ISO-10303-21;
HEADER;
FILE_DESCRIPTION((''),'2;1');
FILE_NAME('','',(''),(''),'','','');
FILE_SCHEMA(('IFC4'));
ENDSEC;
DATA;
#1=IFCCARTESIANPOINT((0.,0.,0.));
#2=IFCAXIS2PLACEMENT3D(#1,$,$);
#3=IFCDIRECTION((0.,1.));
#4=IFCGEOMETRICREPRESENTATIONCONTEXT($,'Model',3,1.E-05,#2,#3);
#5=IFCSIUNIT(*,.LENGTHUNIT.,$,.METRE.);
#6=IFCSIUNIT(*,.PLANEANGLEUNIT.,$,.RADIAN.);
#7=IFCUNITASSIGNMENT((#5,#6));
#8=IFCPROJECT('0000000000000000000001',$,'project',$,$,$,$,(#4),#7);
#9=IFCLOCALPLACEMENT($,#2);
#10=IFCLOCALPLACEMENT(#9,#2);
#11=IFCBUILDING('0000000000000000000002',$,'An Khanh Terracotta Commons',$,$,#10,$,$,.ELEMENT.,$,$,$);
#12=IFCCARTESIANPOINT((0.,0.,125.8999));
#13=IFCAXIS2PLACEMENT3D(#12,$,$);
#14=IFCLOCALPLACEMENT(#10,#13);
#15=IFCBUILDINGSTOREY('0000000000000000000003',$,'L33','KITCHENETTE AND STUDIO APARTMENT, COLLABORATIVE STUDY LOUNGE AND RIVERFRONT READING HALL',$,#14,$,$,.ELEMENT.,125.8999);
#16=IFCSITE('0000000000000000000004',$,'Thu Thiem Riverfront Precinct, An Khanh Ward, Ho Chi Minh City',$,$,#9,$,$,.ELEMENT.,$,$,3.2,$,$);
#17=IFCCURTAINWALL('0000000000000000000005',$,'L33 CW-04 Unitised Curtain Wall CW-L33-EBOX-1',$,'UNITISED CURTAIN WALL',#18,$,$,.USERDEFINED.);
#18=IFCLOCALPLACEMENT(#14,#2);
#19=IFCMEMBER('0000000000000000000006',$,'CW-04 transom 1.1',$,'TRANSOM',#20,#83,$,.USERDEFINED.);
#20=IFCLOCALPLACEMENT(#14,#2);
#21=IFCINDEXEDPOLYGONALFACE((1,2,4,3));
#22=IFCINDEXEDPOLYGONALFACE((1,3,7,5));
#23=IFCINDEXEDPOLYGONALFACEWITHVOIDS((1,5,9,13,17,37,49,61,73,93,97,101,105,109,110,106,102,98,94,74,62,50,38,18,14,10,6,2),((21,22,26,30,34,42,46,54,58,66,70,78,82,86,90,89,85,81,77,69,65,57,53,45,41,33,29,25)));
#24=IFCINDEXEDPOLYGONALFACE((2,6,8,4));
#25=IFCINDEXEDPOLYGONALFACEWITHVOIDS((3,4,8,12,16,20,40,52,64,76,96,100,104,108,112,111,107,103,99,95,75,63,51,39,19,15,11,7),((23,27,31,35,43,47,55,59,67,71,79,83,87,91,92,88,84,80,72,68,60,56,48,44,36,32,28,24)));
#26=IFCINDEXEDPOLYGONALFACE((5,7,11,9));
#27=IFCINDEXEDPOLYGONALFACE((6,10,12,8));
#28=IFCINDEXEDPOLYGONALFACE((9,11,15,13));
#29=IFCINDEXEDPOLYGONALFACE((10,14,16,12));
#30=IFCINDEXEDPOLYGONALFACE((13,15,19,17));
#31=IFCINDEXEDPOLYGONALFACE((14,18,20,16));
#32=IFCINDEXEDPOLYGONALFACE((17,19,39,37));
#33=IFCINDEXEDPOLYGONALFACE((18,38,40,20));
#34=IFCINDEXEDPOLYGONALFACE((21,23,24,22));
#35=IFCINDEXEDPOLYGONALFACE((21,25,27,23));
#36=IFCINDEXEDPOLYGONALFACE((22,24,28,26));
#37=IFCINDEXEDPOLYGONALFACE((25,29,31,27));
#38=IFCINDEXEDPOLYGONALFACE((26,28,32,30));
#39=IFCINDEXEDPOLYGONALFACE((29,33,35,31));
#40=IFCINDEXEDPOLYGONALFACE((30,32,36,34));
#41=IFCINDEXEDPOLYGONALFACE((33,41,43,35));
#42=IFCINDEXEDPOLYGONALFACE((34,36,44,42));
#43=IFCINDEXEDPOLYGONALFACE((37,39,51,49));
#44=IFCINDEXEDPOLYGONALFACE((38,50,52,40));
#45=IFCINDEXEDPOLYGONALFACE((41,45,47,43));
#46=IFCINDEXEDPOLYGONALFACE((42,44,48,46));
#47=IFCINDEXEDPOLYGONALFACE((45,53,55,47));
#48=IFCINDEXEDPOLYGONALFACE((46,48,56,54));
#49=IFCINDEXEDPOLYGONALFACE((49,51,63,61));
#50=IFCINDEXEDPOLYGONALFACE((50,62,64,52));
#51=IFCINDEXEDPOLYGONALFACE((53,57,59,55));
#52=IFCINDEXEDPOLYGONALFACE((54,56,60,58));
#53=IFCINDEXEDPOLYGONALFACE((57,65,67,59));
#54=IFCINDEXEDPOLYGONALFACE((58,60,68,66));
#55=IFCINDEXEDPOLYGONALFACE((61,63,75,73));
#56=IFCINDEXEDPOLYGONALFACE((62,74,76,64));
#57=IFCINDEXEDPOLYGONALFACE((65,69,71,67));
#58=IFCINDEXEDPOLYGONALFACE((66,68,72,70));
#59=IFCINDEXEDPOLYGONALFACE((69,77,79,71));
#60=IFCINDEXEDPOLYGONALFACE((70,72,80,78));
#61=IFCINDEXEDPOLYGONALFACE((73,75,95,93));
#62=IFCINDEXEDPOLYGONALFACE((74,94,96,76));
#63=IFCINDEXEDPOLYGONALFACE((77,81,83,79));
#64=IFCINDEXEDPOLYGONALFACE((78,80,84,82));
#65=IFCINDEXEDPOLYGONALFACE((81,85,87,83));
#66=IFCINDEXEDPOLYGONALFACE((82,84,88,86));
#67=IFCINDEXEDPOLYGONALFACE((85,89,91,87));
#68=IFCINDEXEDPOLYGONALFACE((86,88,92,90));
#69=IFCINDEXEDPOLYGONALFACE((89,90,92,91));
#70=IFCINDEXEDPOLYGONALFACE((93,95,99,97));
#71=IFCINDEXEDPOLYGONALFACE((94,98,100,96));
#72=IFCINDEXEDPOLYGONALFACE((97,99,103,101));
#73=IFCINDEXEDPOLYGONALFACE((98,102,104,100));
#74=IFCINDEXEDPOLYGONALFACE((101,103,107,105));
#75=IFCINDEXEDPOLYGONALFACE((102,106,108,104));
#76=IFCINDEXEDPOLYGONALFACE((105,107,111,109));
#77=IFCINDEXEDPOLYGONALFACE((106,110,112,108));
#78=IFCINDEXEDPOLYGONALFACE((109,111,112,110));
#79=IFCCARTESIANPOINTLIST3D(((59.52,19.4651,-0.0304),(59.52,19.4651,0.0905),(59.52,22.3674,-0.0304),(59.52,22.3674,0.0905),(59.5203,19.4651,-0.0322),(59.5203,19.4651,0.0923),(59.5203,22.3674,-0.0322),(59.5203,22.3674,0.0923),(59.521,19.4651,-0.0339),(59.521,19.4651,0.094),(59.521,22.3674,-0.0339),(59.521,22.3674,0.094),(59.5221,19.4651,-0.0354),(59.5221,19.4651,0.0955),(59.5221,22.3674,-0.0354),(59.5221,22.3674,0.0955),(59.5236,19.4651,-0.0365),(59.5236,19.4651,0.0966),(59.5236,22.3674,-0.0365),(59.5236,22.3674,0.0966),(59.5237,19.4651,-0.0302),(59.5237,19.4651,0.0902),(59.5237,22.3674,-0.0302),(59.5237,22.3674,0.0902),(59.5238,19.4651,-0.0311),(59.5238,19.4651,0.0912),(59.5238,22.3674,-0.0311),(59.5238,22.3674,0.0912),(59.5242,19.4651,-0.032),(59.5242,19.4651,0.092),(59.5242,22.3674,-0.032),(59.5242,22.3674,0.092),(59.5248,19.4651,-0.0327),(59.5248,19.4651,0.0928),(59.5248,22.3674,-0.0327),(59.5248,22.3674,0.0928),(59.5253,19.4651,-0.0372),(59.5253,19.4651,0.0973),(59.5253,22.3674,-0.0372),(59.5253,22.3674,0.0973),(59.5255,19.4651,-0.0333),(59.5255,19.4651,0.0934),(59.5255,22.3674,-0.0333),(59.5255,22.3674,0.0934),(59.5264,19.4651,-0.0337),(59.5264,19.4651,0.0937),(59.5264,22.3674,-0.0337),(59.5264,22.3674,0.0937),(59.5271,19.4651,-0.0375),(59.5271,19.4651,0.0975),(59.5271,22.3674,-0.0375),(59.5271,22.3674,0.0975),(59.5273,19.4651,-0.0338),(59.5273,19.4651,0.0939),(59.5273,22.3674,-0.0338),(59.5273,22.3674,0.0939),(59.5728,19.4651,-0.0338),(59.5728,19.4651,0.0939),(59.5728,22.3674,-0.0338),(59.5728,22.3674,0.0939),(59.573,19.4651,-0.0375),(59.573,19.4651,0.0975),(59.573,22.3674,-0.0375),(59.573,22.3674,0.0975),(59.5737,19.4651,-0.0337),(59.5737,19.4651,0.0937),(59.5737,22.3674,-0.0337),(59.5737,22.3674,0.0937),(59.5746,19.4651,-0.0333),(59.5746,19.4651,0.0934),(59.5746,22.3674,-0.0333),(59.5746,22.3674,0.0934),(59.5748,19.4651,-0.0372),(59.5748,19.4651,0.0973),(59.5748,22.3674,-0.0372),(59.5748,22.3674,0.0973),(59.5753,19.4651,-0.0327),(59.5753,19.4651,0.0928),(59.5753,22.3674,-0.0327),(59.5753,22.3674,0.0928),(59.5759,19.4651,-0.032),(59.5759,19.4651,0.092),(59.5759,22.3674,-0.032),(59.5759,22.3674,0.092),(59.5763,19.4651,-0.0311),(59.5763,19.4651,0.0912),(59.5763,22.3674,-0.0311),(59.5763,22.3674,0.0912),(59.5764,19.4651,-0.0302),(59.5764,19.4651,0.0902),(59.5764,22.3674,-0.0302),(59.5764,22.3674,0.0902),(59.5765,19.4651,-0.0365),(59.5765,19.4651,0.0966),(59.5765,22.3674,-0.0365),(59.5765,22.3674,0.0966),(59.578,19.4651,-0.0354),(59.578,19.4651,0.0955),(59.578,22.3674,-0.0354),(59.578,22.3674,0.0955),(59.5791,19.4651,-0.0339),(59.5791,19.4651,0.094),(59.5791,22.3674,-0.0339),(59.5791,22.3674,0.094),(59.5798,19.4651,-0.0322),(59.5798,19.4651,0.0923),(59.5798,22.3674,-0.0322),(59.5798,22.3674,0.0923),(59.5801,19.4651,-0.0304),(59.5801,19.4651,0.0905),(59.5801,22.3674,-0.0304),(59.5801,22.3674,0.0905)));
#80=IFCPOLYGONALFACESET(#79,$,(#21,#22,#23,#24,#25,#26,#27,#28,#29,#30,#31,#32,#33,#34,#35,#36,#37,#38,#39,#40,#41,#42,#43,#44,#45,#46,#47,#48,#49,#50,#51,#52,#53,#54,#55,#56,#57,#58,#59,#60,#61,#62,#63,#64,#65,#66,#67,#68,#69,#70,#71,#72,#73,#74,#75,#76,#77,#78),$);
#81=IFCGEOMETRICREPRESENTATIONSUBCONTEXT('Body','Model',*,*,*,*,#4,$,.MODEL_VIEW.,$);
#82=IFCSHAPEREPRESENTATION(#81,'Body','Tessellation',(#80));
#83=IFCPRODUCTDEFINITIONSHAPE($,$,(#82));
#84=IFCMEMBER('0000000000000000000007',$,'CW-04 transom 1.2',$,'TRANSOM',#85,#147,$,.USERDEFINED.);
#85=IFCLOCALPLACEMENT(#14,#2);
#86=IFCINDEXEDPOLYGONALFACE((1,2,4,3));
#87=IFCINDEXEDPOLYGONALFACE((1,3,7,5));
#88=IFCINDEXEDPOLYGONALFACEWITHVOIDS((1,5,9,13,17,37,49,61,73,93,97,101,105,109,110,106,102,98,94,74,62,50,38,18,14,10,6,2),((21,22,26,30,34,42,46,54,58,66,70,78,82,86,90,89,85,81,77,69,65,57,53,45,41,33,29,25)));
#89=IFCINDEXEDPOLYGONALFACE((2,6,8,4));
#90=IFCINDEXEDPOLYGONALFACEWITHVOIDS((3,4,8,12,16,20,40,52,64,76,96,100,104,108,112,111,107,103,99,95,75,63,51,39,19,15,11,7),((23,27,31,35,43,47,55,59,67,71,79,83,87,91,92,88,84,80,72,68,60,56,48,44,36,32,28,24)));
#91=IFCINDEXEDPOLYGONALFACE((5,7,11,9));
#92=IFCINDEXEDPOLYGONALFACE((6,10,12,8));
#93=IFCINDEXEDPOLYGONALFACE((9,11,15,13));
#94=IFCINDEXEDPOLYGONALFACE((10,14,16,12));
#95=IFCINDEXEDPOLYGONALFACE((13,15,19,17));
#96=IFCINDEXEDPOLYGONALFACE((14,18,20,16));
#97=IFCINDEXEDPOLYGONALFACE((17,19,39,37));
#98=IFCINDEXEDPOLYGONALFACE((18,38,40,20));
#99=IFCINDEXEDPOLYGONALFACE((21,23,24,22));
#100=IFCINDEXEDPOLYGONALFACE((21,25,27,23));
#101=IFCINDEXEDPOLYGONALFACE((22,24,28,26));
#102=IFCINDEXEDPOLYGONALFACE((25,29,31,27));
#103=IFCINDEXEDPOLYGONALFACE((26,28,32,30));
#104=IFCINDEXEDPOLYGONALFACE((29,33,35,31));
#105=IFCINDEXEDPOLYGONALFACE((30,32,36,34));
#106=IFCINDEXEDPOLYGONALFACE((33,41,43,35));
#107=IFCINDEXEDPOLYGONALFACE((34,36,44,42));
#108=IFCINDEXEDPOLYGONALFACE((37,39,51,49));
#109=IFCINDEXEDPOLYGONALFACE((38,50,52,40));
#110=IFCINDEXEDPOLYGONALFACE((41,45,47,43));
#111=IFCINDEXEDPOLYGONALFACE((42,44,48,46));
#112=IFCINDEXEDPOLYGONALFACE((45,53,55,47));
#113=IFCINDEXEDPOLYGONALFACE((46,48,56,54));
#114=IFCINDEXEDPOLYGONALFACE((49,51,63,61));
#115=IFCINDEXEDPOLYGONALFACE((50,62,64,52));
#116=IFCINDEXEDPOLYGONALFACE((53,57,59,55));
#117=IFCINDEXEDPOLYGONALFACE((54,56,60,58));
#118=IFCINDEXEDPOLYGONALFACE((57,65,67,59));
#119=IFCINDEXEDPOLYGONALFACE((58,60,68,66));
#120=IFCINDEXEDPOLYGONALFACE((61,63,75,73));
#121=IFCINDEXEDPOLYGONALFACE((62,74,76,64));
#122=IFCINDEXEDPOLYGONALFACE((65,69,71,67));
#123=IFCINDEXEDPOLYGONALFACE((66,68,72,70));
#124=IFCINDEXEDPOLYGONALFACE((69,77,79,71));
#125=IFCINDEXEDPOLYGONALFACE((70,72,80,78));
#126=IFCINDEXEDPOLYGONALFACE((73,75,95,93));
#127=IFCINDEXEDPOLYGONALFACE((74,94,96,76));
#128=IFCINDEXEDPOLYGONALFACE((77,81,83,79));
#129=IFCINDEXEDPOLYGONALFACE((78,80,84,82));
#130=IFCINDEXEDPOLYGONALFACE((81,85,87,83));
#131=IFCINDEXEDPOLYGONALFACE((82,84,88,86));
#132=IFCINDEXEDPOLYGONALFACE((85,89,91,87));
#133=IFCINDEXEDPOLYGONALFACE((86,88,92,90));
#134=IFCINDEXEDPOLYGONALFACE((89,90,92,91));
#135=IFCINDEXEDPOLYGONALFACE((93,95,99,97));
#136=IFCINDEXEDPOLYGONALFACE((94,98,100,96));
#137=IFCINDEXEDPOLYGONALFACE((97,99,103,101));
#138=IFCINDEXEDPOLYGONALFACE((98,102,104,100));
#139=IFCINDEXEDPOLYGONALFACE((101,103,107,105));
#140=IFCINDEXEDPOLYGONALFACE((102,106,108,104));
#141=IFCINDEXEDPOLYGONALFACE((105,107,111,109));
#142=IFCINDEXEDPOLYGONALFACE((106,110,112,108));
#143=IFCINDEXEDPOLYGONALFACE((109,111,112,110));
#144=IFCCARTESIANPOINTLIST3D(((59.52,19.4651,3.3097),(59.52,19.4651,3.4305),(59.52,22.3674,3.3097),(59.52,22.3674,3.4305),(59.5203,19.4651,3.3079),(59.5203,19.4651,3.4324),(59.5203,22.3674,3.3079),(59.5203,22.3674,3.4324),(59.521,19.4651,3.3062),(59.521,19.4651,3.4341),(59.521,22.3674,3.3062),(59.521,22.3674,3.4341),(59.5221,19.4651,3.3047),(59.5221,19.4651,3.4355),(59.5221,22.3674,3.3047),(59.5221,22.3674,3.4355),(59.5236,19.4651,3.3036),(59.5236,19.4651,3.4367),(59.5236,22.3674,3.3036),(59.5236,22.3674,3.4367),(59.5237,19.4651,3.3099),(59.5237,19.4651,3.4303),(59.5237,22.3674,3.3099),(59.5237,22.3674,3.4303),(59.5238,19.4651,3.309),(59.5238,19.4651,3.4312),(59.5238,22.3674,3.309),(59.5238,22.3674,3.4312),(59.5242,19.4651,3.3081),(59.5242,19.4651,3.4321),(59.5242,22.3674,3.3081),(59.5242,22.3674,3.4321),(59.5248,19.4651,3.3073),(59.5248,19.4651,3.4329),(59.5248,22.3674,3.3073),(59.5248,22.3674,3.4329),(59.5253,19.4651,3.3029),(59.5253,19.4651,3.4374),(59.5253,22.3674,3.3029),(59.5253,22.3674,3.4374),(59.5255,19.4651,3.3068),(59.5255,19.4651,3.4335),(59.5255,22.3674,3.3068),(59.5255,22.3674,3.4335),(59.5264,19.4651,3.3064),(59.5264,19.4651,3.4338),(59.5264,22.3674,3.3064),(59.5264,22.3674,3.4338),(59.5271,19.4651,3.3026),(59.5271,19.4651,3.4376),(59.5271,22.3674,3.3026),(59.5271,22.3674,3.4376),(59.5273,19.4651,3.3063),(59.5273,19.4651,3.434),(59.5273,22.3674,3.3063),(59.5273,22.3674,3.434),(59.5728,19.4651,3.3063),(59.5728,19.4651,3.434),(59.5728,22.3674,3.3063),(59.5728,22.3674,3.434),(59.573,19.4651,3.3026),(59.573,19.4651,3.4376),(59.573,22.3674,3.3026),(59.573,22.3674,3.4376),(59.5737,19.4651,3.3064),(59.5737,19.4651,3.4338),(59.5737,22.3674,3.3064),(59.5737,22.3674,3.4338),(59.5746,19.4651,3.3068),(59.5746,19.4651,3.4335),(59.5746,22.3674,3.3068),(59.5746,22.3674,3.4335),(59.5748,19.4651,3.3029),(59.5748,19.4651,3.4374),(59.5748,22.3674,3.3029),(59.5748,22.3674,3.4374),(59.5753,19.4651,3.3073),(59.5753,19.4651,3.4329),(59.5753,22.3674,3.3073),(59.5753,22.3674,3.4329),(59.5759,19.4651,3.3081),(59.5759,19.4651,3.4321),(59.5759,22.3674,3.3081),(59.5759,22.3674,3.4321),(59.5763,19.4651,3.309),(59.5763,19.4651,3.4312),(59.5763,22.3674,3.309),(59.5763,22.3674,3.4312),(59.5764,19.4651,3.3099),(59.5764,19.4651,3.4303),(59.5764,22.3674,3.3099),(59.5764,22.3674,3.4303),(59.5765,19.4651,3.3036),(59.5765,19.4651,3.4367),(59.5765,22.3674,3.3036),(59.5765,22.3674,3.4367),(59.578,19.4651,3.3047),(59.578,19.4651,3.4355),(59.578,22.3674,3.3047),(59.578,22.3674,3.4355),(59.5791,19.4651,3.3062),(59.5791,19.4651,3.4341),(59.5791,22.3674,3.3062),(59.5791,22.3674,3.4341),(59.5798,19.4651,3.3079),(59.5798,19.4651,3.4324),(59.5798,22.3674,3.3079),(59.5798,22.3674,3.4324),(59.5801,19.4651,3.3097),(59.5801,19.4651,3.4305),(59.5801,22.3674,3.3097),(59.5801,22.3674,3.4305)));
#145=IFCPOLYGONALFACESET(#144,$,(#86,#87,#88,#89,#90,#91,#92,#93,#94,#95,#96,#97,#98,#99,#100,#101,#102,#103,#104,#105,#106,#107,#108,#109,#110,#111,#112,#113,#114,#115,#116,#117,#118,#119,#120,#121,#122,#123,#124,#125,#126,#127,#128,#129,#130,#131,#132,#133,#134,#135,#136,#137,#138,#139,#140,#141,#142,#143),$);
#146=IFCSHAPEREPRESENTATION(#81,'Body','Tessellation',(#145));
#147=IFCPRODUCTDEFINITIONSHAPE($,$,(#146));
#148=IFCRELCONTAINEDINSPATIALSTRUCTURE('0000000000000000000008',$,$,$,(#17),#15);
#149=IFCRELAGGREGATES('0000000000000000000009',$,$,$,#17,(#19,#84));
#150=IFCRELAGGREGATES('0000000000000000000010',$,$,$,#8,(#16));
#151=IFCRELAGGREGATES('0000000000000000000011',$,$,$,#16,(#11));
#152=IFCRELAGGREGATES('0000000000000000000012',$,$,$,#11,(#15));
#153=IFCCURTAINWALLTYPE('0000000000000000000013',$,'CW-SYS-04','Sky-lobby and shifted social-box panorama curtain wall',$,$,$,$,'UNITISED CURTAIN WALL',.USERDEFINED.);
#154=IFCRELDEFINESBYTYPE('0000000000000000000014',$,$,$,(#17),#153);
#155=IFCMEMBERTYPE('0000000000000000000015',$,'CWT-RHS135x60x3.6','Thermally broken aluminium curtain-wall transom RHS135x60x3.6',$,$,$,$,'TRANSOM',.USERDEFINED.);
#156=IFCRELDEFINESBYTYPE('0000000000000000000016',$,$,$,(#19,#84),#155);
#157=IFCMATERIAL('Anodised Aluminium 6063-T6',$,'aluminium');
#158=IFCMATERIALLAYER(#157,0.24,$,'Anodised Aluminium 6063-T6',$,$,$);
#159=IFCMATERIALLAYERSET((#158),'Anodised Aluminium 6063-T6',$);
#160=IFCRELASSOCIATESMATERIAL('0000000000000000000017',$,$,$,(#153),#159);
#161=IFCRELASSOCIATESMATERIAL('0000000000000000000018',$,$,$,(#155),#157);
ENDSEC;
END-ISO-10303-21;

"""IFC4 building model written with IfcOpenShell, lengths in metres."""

from ifc_helpers import new_model, si_unit, direction, frame, origin, origin_2d, place, context, subcontext, project, spatial, hollow_rectangle, extrude, material, layer, layer_set, material_profile, profile_set, type_object, element, aggregate, save


model = new_model("IFC4")

# Units and contexts
model_context = context("Model", 3, precision=1e-05, world=origin(), true_north=direction((0.0, 1.0)))
body_context = subcontext(model_context, "Body", "Model", "MODEL_VIEW")
ifc_project = project(units=[si_unit("LENGTHUNIT", "METRE"), si_unit("PLANEANGLEUNIT", "RADIAN")], contexts=[model_context])

# Site, building, storey
site_placement = place(None, origin())
site = spatial("IfcSite", under=ifc_project, at=site_placement, Name="Thu Thiem Riverfront Precinct, An Khanh Ward, Ho Chi Minh City", CompositionType="ELEMENT", RefElevation=3.2)
building_placement = place(site_placement, origin())
building = spatial("IfcBuilding", under=site, at=building_placement, Name="An Khanh Terracotta Commons", CompositionType="ELEMENT")
storey_placement = place(building_placement, frame((0.0, 0.0, 125.8999)))
storey = spatial("IfcBuildingStorey", under=building, at=storey_placement, Name="L33", Description="KITCHENETTE AND STUDIO APARTMENT, COLLABORATIVE STUDY LOUNGE AND RIVERFRONT READING HALL", CompositionType="ELEMENT", Elevation=125.8999)

# Curtain wall
ifc_material_1 = material(Name="Anodised Aluminium 6063-T6", Category="aluminium")
ifc_layer_1 = layer(ifc_material_1, 0.24, Name="Anodised Aluminium 6063-T6")
ifc_layer_set_1 = layer_set([ifc_layer_1], Name="Anodised Aluminium 6063-T6")
curtain_wall_type_1 = type_object("IfcCurtainWallType", Name="CW-SYS-04", Description="Sky-lobby and shifted social-box panorama curtain wall", ElementType="UNITISED CURTAIN WALL", PredefinedType="USERDEFINED", material=ifc_layer_set_1)
curtain_wall_1_placement = place(storey_placement, origin())
curtain_wall_1 = element("IfcCurtainWall", 1, at=curtain_wall_1_placement, inside=storey, type_object=curtain_wall_type_1, Name="L33 CW-04 Unitised Curtain Wall CW-L33-EBOX-1", ObjectType="UNITISED CURTAIN WALL", PredefinedType="USERDEFINED")

# Members
ifc_material_profile_1 = material_profile(ifc_material_1, hollow_rectangle(XDim=0.0601, YDim=0.135, WallThickness=0.0037, InnerFilletRadius=0.0037, OuterFilletRadius=0.0071, at=origin_2d()), Name="RHS135x60x3.6")
ifc_profile_set_1 = profile_set([ifc_material_profile_1], Name="Anodised Aluminium 6063-T6")
member_type_1 = type_object("IfcMemberType", Name="CWT-RHS135x60x3.6", Description="Thermally broken aluminium curtain-wall transom RHS135x60x3.6", ElementType="TRANSOM", PredefinedType="USERDEFINED", material=ifc_profile_set_1)
member_1_placement = place(storey_placement, frame((59.55, 19.4651, 0.03), z_axis=(0.0, 1.0, 0.0), x_axis=(-1.0, 0.0, 0.0)))
member_1 = element("IfcMember", 2, at=member_1_placement, type_object=member_type_1, Name="CW-04 transom 1.1", ObjectType="TRANSOM", PredefinedType="USERDEFINED", context=body_context, shape_type="SweptSolid", body=[
    extrude(hollow_rectangle(XDim=0.0601, YDim=0.135, WallThickness=0.0037, InnerFilletRadius=0.0037, OuterFilletRadius=0.0071, at=origin_2d()), origin(), (0.0, 0.0, 1.0), 2.9023),
])
member_2_placement = place(storey_placement, frame((59.55, 19.4651, 3.3701), z_axis=(0.0, 1.0, 0.0), x_axis=(-1.0, 0.0, 0.0)))
member_2 = element("IfcMember", 3, at=member_2_placement, type_object=member_type_1, Name="CW-04 transom 1.2", ObjectType="TRANSOM", PredefinedType="USERDEFINED", context=body_context, shape_type="SweptSolid", body=[
    extrude(hollow_rectangle(XDim=0.0601, YDim=0.135, WallThickness=0.0037, InnerFilletRadius=0.0037, OuterFilletRadius=0.0071, at=origin_2d()), origin(), (0.0, 0.0, 1.0), 2.9023),
])

aggregate(curtain_wall_1, [member_1, member_2])

save(model, "model.ifc")
